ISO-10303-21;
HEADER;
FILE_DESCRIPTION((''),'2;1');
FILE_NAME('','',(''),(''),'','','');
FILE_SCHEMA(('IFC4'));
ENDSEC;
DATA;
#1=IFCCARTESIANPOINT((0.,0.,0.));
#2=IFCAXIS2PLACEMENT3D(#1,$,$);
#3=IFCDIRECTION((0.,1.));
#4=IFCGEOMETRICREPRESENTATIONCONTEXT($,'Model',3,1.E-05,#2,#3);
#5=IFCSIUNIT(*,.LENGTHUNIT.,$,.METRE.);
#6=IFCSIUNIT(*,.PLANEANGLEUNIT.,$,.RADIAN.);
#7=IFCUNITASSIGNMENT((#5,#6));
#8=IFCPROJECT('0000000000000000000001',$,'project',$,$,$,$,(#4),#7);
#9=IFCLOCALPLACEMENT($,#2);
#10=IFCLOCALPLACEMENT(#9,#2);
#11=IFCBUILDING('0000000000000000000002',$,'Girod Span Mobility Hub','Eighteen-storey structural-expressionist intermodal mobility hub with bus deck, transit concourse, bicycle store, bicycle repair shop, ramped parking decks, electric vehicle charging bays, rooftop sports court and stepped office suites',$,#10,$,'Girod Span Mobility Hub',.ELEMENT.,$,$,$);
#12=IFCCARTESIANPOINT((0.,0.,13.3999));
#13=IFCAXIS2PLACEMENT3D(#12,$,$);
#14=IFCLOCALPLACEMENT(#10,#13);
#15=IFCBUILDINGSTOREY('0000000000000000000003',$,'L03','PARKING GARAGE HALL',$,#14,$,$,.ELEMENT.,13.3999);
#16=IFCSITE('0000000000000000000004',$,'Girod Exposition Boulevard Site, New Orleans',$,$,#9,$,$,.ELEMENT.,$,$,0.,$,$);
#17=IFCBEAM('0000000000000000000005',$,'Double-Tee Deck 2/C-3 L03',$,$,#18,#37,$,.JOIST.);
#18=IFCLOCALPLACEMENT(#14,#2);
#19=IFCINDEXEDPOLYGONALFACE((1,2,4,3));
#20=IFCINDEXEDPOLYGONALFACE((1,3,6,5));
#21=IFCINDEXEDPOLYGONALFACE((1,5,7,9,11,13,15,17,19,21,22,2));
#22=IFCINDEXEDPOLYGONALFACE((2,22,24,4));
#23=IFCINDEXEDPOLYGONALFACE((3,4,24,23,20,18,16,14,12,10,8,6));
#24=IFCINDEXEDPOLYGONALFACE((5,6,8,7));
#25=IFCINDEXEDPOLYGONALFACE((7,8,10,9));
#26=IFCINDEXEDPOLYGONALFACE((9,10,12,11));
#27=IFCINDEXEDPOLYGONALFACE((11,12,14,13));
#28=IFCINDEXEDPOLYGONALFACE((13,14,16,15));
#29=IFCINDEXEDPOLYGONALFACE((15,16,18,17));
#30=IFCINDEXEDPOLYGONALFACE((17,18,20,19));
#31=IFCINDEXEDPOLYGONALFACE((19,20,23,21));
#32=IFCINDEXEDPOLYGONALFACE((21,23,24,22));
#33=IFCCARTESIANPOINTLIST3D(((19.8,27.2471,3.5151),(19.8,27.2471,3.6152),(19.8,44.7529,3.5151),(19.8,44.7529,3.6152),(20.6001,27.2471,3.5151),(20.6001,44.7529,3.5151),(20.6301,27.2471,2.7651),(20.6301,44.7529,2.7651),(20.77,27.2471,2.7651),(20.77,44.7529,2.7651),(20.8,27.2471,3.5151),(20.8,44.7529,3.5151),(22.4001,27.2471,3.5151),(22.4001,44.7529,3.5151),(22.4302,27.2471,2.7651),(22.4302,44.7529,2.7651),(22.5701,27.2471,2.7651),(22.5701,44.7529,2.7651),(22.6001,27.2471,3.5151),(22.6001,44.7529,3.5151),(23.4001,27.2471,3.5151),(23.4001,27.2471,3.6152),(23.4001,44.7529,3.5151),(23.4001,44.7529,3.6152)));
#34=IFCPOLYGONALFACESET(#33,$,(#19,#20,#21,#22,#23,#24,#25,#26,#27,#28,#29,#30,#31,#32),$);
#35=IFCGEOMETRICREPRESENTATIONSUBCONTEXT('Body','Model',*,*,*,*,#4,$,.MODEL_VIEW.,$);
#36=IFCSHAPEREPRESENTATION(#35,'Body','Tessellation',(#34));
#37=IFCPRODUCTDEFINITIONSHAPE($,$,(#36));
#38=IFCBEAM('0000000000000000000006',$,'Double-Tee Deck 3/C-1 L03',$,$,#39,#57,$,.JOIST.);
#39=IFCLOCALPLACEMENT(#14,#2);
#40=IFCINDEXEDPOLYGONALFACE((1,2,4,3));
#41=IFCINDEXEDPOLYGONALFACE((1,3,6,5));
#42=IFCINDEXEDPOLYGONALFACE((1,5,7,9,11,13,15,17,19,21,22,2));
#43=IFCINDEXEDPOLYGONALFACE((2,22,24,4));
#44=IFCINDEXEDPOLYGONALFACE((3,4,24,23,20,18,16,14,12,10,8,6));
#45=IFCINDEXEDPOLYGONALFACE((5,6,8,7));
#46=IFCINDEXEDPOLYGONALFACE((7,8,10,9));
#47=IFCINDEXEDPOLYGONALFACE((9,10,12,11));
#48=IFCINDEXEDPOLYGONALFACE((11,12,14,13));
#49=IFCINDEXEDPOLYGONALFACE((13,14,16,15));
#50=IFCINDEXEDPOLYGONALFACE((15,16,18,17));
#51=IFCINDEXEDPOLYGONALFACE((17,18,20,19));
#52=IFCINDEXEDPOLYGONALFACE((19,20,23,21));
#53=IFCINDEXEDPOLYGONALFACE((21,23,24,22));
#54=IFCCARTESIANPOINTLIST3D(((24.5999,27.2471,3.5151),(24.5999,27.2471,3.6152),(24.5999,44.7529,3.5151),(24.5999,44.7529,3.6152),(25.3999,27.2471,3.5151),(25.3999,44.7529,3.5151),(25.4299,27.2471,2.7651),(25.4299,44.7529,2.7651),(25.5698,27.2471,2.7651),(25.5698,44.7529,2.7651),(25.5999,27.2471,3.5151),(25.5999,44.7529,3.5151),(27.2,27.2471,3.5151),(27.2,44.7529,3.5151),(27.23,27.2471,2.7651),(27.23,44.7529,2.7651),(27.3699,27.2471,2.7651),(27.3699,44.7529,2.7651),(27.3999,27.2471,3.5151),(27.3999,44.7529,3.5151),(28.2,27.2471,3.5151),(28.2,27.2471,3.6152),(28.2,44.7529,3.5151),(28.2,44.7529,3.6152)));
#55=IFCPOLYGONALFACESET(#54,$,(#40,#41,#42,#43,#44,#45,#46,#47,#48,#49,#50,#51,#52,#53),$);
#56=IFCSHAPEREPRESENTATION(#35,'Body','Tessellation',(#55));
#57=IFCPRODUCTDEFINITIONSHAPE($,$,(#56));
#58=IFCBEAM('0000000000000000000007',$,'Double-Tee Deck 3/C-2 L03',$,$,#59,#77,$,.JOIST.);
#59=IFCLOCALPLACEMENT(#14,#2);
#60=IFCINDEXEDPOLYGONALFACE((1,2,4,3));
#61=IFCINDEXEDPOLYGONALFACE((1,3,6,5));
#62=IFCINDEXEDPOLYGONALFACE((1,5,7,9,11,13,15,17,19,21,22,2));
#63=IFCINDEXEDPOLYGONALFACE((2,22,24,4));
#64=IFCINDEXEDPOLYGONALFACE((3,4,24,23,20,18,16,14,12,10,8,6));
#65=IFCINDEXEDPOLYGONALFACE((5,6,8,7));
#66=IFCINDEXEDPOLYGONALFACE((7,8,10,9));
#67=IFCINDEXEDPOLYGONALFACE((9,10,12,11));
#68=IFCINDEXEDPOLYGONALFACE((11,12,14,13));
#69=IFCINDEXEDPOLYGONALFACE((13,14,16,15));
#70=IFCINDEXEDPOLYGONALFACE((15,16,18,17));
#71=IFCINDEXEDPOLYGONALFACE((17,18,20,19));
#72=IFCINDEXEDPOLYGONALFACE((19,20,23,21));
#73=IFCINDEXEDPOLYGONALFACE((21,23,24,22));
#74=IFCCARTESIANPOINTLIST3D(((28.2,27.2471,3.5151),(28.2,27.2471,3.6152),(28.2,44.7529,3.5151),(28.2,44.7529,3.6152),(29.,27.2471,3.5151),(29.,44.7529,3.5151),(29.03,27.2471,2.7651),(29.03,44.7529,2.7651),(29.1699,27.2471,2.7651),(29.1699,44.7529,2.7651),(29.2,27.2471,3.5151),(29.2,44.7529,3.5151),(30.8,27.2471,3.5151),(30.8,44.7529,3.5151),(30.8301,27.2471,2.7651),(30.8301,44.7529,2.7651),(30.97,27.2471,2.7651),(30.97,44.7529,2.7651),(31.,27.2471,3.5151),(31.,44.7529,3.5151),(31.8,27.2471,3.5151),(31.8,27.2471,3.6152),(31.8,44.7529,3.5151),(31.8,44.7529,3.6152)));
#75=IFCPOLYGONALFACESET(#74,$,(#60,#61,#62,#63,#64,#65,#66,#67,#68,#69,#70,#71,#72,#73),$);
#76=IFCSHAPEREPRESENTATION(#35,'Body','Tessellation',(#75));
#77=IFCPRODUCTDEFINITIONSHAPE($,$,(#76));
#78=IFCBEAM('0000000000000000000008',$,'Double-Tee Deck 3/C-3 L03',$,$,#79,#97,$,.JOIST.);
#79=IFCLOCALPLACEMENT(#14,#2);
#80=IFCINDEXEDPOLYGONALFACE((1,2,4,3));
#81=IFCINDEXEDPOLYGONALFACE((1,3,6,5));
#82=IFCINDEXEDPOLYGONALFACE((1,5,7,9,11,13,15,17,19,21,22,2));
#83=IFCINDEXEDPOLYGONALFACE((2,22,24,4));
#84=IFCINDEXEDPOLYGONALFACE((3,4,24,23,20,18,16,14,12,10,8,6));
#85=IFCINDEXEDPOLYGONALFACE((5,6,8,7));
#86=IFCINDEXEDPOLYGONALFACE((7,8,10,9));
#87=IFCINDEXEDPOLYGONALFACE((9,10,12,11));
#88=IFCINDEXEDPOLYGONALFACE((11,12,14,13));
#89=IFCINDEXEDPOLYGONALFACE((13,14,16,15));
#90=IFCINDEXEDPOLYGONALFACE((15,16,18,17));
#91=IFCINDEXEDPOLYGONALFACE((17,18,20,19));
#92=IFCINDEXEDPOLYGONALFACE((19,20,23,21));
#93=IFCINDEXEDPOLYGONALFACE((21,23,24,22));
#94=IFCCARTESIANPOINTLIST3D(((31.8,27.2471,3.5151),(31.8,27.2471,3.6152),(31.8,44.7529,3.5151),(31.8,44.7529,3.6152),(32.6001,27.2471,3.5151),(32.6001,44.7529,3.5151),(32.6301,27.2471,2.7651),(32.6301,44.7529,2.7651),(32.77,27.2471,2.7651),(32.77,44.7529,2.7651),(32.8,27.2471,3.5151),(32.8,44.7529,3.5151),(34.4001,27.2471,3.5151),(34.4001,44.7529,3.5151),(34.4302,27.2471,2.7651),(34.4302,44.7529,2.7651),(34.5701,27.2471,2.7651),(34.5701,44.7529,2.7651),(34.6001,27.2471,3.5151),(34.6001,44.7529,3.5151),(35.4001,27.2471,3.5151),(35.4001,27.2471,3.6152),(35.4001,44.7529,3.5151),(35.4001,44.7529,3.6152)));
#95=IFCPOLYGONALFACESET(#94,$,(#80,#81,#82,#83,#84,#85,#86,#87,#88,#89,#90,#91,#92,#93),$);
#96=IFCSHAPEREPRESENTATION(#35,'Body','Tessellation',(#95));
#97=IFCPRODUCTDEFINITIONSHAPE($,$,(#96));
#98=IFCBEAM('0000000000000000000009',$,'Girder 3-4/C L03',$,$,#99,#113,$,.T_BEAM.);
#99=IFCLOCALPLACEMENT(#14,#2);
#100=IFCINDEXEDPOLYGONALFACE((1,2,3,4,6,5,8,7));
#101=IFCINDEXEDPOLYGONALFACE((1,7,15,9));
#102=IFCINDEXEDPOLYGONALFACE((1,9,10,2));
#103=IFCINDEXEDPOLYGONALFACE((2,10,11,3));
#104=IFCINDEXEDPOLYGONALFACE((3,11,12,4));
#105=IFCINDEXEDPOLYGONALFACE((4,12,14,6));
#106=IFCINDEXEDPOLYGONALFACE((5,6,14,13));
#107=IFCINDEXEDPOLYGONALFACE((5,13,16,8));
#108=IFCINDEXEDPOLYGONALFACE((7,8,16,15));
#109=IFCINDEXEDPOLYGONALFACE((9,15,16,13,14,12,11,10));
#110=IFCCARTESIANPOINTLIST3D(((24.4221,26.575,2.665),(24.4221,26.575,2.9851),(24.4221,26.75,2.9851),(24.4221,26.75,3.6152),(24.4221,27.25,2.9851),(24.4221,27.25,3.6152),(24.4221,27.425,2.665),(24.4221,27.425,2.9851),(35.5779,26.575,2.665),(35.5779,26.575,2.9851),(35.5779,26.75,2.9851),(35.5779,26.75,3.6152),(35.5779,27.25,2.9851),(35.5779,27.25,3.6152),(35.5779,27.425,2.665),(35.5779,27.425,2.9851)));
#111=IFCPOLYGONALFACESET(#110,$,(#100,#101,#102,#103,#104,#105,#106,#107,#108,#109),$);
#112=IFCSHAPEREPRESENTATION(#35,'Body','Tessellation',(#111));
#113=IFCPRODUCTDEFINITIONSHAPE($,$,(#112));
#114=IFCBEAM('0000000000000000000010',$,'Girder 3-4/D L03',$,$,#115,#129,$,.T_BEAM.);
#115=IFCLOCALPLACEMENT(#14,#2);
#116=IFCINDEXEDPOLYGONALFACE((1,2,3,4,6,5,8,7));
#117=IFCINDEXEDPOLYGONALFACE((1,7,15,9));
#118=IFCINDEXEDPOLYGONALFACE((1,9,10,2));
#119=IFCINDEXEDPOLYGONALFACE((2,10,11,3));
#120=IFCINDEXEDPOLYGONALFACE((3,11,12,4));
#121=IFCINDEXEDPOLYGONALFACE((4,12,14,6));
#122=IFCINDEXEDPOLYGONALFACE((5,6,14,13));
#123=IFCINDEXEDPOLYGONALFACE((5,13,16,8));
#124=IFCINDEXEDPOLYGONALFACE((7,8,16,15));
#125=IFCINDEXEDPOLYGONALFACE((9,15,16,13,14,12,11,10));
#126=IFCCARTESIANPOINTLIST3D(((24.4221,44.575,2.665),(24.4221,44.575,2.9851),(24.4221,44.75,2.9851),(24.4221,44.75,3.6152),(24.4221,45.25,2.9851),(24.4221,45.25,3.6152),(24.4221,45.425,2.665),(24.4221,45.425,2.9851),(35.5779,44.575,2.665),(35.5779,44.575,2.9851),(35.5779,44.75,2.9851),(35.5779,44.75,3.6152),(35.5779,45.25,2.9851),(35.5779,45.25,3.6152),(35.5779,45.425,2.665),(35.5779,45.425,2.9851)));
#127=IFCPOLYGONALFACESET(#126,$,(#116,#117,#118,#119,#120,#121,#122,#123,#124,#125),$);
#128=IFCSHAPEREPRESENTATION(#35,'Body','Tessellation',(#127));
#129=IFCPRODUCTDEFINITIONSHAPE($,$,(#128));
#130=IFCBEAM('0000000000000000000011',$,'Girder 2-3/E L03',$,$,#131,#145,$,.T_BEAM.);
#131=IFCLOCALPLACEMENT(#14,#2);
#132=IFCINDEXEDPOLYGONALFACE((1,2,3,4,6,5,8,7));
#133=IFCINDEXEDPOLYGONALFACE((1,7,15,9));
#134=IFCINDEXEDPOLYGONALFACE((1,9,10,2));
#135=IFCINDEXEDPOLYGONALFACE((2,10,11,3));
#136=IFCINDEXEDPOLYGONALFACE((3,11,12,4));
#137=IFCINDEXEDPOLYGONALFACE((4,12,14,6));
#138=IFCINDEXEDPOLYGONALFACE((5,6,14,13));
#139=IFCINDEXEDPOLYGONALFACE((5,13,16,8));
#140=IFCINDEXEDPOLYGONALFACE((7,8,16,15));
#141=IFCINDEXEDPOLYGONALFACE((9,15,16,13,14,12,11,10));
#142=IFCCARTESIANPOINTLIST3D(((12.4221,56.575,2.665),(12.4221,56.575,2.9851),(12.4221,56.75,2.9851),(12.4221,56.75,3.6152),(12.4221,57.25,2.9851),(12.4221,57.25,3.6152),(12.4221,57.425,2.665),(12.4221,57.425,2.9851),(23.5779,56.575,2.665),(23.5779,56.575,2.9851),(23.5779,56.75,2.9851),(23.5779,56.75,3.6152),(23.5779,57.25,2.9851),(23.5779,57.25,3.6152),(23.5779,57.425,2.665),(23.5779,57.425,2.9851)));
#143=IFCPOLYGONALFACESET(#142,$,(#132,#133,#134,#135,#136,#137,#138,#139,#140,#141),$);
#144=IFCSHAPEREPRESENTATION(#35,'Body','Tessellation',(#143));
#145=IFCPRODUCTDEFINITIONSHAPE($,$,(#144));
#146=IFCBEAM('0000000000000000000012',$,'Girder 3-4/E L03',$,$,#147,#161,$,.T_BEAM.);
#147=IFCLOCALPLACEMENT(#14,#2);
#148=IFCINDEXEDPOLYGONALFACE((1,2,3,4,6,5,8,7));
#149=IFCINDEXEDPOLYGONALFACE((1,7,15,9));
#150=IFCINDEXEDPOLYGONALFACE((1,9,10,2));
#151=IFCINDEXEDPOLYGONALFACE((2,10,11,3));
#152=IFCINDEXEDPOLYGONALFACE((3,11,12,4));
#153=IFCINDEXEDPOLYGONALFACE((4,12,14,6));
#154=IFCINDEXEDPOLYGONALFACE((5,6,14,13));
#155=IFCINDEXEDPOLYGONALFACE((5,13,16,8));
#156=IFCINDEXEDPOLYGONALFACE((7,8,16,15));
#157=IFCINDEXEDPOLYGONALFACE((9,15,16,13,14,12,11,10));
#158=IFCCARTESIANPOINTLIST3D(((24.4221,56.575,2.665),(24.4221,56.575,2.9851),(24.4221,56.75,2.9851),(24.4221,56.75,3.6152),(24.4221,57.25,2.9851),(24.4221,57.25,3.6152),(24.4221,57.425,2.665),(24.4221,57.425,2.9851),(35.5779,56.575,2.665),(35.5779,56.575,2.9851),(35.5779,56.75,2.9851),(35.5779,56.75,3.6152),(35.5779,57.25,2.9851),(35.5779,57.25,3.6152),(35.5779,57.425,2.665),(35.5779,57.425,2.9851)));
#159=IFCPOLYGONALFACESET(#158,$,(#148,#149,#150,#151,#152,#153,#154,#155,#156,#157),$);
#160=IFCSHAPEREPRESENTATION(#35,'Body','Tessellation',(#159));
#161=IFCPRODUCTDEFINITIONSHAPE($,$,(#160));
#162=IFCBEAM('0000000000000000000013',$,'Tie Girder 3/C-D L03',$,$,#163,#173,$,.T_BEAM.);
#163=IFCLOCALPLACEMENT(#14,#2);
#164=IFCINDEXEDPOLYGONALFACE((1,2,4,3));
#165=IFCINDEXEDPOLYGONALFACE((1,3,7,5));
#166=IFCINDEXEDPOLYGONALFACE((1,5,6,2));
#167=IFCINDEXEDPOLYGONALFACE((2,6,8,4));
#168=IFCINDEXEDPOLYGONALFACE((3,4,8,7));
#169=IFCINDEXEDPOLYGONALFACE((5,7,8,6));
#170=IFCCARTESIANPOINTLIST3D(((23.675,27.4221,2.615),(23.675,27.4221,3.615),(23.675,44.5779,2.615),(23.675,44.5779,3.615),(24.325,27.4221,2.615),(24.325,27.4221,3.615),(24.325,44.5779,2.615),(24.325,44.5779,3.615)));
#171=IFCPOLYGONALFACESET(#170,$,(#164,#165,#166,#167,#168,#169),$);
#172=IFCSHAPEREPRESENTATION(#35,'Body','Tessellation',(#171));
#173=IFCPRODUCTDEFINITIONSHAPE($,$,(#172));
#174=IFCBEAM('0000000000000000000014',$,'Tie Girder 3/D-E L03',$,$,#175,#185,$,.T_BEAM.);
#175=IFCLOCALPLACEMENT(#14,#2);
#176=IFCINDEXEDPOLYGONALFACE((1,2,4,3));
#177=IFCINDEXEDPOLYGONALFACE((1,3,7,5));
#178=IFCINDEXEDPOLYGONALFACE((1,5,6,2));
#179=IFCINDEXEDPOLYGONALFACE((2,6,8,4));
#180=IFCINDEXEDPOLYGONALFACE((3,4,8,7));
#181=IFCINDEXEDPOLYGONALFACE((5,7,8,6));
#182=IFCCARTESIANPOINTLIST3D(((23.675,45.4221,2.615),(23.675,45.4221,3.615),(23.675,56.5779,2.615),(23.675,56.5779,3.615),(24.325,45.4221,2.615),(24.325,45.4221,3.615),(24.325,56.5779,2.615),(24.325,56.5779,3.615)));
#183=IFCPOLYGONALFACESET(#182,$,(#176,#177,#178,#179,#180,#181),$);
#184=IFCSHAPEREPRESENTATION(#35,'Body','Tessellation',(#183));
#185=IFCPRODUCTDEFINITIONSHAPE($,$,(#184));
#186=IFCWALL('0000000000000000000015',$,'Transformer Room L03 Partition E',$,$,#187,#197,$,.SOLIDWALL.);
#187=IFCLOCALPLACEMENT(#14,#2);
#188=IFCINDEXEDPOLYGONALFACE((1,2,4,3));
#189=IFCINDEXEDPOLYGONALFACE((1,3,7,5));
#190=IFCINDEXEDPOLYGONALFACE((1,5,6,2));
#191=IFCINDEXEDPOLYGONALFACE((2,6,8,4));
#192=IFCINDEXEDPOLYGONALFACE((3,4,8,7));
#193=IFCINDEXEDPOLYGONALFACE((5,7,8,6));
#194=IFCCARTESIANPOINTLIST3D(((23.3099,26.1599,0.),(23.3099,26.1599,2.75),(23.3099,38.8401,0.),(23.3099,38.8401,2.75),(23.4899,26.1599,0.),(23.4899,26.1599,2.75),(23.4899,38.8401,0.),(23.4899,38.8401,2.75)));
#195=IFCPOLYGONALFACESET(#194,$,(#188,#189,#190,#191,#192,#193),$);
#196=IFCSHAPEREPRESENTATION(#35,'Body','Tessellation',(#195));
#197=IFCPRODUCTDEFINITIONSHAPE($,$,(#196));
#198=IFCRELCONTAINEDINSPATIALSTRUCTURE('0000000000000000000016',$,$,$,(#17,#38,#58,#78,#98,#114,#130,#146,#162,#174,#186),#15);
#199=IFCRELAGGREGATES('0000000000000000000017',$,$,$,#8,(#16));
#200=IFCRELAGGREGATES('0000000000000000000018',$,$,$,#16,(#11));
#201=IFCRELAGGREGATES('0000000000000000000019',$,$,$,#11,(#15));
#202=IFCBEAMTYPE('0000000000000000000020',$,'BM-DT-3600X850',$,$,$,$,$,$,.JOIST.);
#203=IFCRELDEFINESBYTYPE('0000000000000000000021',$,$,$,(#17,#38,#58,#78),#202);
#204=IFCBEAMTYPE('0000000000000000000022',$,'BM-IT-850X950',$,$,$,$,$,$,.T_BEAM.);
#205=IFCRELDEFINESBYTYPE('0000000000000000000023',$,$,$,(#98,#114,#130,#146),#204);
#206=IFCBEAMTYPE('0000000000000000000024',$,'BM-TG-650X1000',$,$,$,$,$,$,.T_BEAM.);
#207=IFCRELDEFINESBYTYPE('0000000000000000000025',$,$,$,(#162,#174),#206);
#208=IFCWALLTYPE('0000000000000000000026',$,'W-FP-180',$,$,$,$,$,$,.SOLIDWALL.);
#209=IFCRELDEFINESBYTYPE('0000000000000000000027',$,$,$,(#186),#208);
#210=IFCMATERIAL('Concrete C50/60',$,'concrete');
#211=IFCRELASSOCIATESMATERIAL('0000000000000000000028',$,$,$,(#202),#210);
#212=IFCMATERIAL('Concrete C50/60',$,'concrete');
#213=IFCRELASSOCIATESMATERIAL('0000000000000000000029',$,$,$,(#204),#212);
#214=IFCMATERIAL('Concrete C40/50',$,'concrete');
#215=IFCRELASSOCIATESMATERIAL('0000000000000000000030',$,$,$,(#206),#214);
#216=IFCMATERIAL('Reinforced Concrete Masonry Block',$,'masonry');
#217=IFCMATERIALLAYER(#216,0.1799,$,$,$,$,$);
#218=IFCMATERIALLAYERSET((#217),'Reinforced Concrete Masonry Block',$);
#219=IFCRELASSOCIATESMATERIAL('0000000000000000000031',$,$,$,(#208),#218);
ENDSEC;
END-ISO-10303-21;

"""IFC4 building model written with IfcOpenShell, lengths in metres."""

from ifc_helpers import new_model, si_unit, direction, frame, frame_2d, origin, origin_2d, place, context, subcontext, project, spatial, polyline, rectangle, outline, extrude, material, layer, layer_set, material_profile, profile_set, type_object, element, save


model = new_model("IFC4")

# Units and contexts
model_context = context("Model", 3, precision=1e-05, world=origin(), true_north=direction((0.0, 1.0)))
body_context = subcontext(model_context, "Body", "Model", "MODEL_VIEW")
ifc_project = project(units=[si_unit("LENGTHUNIT", "METRE"), si_unit("PLANEANGLEUNIT", "RADIAN")], contexts=[model_context])

# Site, building, storey
site_placement = place(None, origin())
site = spatial("IfcSite", under=ifc_project, at=site_placement, Name="Girod Exposition Boulevard Site, New Orleans", CompositionType="ELEMENT", RefElevation=0.0)
building_placement = place(site_placement, origin())
building = spatial("IfcBuilding", under=site, at=building_placement, Name="Girod Span Mobility Hub", Description="Eighteen-storey structural-expressionist intermodal mobility hub with bus deck, transit concourse, bicycle store, bicycle repair shop, ramped parking decks, electric vehicle charging bays, rooftop sports court and stepped office suites", LongName="Girod Span Mobility Hub", CompositionType="ELEMENT")
storey_placement = place(building_placement, frame((0.0, 0.0, 13.3999)))
storey = spatial("IfcBuildingStorey", under=building, at=storey_placement, Name="L03", Description="PARKING GARAGE HALL", CompositionType="ELEMENT", Elevation=13.3999)

# Beams
ifc_material_1 = material(Name="Concrete C50/60", Category="concrete")
ifc_material_profile_1 = material_profile(ifc_material_1, outline(polyline([(-1.8, 0.425), (-1.8, 0.325), (-1.0, 0.325), (-0.97, -0.425), (-0.8301, -0.425), (-0.8, 0.325), (0.8, 0.325), (0.8301, -0.425), (0.97, -0.425), (1.0, 0.325), (1.8, 0.325), (1.8, 0.425), (-1.8, 0.425)])), Name="DT-3600X850")
ifc_profile_set_1 = profile_set([ifc_material_profile_1], Name="Concrete C50/60")
beam_type_1 = type_object("IfcBeamType", Name="BM-DT-3600X850", PredefinedType="JOIST", material=ifc_profile_set_1)
for number, where, z_axis, x_axis, name in (
    (1, (21.6001, 27.2471, 3.1902), (0.0, 1.0, 0.0), (-1.0, 0.0, 0.0), "Double-Tee Deck 2/C-3 L03"),
    (2, (26.3999, 27.2471, 3.1902), (0.0, 1.0, 0.0), (-1.0, 0.0, 0.0), "Double-Tee Deck 3/C-1 L03"),
    (3, (30.0, 27.2471, 3.1902), (0.0, 1.0, 0.0), (-1.0, 0.0, 0.0), "Double-Tee Deck 3/C-2 L03"),
    (4, (33.6001, 27.2471, 3.1902), (0.0, 1.0, 0.0), (-1.0, 0.0, 0.0), "Double-Tee Deck 3/C-3 L03"),
):
    element("IfcBeam", number, at=place(storey_placement, frame(where, z_axis=z_axis, x_axis=x_axis)), inside=storey, type_object=beam_type_1, Name=name, PredefinedType="JOIST", context=body_context, shape_type="SweptSolid", body=[
        extrude(outline(polyline([(-1.8, 0.425), (-1.8, 0.325), (-1.0, 0.325), (-0.97, -0.425), (-0.8301, -0.425), (-0.8, 0.325), (0.8, 0.325), (0.8301, -0.425), (0.97, -0.425), (1.0, 0.325), (1.8, 0.325), (1.8, 0.425), (-1.8, 0.425)])), origin(), (0.0, 0.0, 1.0), 17.5059),
    ])
ifc_material_2 = material(Name="Concrete C50/60", Category="concrete")
ifc_material_profile_2 = material_profile(ifc_material_2, outline(polyline([(-0.425, -0.4751), (0.425, -0.4751), (0.425, -0.155), (0.25, -0.155), (0.25, 0.4751), (-0.25, 0.4751), (-0.25, -0.155), (-0.425, -0.155), (-0.425, -0.4751)])), Name="IT-850X950")
ifc_profile_set_2 = profile_set([ifc_material_profile_2], Name="Concrete C50/60")
beam_type_2 = type_object("IfcBeamType", Name="BM-IT-850X950", PredefinedType="T_BEAM", material=ifc_profile_set_2)
for number, where, z_axis, x_axis, name in (
    (5, (24.4221, 27.0, 3.1401), (1.0, 0.0, 0.0), (0.0, 1.0, 0.0), "Girder 3-4/C L03"),
    (6, (24.4221, 45.0, 3.1401), (1.0, 0.0, 0.0), (0.0, 1.0, 0.0), "Girder 3-4/D L03"),
    (7, (12.4221, 57.0, 3.1401), (1.0, 0.0, 0.0), (0.0, 1.0, 0.0), "Girder 2-3/E L03"),
    (8, (24.4221, 57.0, 3.1401), (1.0, 0.0, 0.0), (0.0, 1.0, 0.0), "Girder 3-4/E L03"),
):
    element("IfcBeam", number, at=place(storey_placement, frame(where, z_axis=z_axis, x_axis=x_axis)), inside=storey, type_object=beam_type_2, Name=name, PredefinedType="T_BEAM", context=body_context, shape_type="SweptSolid", body=[
        extrude(outline(polyline([(-0.425, -0.4751), (0.425, -0.4751), (0.425, -0.155), (0.25, -0.155), (0.25, 0.4751), (-0.25, 0.4751), (-0.25, -0.155), (-0.425, -0.155), (-0.425, -0.4751)])), origin(), (0.0, 0.0, 1.0), 11.1558),
    ])
ifc_material_3 = material(Name="Concrete C40/50", Category="concrete")
ifc_material_profile_3 = material_profile(ifc_material_3, rectangle(XDim=0.6499, YDim=1.0, at=origin_2d()), Name="TG-650X1000")
ifc_profile_set_3 = profile_set([ifc_material_profile_3], Name="Concrete C40/50")
beam_type_3 = type_object("IfcBeamType", Name="BM-TG-650X1000", PredefinedType="T_BEAM", material=ifc_profile_set_3)
beam_1_placement = place(storey_placement, frame((24.0, 27.4221, 3.115), z_axis=(0.0, 1.0, 0.0), x_axis=(-1.0, 0.0, 0.0)))
element("IfcBeam", 9, at=beam_1_placement, inside=storey, type_object=beam_type_3, Name="Tie Girder 3/C-D L03", PredefinedType="T_BEAM", context=body_context, shape_type="SweptSolid", body=[
    extrude(rectangle(XDim=0.6499, YDim=1.0, at=origin_2d()), origin(), (0.0, 0.0, 1.0), 17.1558),
])
beam_2_placement = place(storey_placement, frame((24.0, 45.4221, 3.115), z_axis=(0.0, 1.0, 0.0), x_axis=(-1.0, 0.0, 0.0)))
element("IfcBeam", 10, at=beam_2_placement, inside=storey, type_object=beam_type_3, Name="Tie Girder 3/D-E L03", PredefinedType="T_BEAM", context=body_context, shape_type="SweptSolid", body=[
    extrude(rectangle(XDim=0.6499, YDim=1.0, at=origin_2d()), origin(), (0.0, 0.0, 1.0), 11.1558),
])

# Shared definitions
ifc_material_4 = material(Name="Reinforced Concrete Masonry Block", Category="masonry")
ifc_layer = layer(ifc_material_4, 0.1799)
ifc_layer_set = layer_set([ifc_layer], Name="Reinforced Concrete Masonry Block")
wall_type = type_object("IfcWallType", Name="W-FP-180", PredefinedType="SOLIDWALL", material=ifc_layer_set)

# Wall
wall_1_placement = place(storey_placement, frame((23.3999, 26.1599, 0.0), z_axis=(0.0, 0.0, 1.0), x_axis=(0.0, 1.0, 0.0)))
element("IfcWall", 11, at=wall_1_placement, inside=storey, type_object=wall_type, Name="Transformer Room L03 Partition E", PredefinedType="SOLIDWALL", context=body_context, shape_type="SweptSolid", body=[
    extrude(rectangle(XDim=12.6802, YDim=0.1799, at=frame_2d((6.3401, 0.0))), origin(), (0.0, 0.0, 1.0), 2.75),
])

save(model, "model.ifc")
